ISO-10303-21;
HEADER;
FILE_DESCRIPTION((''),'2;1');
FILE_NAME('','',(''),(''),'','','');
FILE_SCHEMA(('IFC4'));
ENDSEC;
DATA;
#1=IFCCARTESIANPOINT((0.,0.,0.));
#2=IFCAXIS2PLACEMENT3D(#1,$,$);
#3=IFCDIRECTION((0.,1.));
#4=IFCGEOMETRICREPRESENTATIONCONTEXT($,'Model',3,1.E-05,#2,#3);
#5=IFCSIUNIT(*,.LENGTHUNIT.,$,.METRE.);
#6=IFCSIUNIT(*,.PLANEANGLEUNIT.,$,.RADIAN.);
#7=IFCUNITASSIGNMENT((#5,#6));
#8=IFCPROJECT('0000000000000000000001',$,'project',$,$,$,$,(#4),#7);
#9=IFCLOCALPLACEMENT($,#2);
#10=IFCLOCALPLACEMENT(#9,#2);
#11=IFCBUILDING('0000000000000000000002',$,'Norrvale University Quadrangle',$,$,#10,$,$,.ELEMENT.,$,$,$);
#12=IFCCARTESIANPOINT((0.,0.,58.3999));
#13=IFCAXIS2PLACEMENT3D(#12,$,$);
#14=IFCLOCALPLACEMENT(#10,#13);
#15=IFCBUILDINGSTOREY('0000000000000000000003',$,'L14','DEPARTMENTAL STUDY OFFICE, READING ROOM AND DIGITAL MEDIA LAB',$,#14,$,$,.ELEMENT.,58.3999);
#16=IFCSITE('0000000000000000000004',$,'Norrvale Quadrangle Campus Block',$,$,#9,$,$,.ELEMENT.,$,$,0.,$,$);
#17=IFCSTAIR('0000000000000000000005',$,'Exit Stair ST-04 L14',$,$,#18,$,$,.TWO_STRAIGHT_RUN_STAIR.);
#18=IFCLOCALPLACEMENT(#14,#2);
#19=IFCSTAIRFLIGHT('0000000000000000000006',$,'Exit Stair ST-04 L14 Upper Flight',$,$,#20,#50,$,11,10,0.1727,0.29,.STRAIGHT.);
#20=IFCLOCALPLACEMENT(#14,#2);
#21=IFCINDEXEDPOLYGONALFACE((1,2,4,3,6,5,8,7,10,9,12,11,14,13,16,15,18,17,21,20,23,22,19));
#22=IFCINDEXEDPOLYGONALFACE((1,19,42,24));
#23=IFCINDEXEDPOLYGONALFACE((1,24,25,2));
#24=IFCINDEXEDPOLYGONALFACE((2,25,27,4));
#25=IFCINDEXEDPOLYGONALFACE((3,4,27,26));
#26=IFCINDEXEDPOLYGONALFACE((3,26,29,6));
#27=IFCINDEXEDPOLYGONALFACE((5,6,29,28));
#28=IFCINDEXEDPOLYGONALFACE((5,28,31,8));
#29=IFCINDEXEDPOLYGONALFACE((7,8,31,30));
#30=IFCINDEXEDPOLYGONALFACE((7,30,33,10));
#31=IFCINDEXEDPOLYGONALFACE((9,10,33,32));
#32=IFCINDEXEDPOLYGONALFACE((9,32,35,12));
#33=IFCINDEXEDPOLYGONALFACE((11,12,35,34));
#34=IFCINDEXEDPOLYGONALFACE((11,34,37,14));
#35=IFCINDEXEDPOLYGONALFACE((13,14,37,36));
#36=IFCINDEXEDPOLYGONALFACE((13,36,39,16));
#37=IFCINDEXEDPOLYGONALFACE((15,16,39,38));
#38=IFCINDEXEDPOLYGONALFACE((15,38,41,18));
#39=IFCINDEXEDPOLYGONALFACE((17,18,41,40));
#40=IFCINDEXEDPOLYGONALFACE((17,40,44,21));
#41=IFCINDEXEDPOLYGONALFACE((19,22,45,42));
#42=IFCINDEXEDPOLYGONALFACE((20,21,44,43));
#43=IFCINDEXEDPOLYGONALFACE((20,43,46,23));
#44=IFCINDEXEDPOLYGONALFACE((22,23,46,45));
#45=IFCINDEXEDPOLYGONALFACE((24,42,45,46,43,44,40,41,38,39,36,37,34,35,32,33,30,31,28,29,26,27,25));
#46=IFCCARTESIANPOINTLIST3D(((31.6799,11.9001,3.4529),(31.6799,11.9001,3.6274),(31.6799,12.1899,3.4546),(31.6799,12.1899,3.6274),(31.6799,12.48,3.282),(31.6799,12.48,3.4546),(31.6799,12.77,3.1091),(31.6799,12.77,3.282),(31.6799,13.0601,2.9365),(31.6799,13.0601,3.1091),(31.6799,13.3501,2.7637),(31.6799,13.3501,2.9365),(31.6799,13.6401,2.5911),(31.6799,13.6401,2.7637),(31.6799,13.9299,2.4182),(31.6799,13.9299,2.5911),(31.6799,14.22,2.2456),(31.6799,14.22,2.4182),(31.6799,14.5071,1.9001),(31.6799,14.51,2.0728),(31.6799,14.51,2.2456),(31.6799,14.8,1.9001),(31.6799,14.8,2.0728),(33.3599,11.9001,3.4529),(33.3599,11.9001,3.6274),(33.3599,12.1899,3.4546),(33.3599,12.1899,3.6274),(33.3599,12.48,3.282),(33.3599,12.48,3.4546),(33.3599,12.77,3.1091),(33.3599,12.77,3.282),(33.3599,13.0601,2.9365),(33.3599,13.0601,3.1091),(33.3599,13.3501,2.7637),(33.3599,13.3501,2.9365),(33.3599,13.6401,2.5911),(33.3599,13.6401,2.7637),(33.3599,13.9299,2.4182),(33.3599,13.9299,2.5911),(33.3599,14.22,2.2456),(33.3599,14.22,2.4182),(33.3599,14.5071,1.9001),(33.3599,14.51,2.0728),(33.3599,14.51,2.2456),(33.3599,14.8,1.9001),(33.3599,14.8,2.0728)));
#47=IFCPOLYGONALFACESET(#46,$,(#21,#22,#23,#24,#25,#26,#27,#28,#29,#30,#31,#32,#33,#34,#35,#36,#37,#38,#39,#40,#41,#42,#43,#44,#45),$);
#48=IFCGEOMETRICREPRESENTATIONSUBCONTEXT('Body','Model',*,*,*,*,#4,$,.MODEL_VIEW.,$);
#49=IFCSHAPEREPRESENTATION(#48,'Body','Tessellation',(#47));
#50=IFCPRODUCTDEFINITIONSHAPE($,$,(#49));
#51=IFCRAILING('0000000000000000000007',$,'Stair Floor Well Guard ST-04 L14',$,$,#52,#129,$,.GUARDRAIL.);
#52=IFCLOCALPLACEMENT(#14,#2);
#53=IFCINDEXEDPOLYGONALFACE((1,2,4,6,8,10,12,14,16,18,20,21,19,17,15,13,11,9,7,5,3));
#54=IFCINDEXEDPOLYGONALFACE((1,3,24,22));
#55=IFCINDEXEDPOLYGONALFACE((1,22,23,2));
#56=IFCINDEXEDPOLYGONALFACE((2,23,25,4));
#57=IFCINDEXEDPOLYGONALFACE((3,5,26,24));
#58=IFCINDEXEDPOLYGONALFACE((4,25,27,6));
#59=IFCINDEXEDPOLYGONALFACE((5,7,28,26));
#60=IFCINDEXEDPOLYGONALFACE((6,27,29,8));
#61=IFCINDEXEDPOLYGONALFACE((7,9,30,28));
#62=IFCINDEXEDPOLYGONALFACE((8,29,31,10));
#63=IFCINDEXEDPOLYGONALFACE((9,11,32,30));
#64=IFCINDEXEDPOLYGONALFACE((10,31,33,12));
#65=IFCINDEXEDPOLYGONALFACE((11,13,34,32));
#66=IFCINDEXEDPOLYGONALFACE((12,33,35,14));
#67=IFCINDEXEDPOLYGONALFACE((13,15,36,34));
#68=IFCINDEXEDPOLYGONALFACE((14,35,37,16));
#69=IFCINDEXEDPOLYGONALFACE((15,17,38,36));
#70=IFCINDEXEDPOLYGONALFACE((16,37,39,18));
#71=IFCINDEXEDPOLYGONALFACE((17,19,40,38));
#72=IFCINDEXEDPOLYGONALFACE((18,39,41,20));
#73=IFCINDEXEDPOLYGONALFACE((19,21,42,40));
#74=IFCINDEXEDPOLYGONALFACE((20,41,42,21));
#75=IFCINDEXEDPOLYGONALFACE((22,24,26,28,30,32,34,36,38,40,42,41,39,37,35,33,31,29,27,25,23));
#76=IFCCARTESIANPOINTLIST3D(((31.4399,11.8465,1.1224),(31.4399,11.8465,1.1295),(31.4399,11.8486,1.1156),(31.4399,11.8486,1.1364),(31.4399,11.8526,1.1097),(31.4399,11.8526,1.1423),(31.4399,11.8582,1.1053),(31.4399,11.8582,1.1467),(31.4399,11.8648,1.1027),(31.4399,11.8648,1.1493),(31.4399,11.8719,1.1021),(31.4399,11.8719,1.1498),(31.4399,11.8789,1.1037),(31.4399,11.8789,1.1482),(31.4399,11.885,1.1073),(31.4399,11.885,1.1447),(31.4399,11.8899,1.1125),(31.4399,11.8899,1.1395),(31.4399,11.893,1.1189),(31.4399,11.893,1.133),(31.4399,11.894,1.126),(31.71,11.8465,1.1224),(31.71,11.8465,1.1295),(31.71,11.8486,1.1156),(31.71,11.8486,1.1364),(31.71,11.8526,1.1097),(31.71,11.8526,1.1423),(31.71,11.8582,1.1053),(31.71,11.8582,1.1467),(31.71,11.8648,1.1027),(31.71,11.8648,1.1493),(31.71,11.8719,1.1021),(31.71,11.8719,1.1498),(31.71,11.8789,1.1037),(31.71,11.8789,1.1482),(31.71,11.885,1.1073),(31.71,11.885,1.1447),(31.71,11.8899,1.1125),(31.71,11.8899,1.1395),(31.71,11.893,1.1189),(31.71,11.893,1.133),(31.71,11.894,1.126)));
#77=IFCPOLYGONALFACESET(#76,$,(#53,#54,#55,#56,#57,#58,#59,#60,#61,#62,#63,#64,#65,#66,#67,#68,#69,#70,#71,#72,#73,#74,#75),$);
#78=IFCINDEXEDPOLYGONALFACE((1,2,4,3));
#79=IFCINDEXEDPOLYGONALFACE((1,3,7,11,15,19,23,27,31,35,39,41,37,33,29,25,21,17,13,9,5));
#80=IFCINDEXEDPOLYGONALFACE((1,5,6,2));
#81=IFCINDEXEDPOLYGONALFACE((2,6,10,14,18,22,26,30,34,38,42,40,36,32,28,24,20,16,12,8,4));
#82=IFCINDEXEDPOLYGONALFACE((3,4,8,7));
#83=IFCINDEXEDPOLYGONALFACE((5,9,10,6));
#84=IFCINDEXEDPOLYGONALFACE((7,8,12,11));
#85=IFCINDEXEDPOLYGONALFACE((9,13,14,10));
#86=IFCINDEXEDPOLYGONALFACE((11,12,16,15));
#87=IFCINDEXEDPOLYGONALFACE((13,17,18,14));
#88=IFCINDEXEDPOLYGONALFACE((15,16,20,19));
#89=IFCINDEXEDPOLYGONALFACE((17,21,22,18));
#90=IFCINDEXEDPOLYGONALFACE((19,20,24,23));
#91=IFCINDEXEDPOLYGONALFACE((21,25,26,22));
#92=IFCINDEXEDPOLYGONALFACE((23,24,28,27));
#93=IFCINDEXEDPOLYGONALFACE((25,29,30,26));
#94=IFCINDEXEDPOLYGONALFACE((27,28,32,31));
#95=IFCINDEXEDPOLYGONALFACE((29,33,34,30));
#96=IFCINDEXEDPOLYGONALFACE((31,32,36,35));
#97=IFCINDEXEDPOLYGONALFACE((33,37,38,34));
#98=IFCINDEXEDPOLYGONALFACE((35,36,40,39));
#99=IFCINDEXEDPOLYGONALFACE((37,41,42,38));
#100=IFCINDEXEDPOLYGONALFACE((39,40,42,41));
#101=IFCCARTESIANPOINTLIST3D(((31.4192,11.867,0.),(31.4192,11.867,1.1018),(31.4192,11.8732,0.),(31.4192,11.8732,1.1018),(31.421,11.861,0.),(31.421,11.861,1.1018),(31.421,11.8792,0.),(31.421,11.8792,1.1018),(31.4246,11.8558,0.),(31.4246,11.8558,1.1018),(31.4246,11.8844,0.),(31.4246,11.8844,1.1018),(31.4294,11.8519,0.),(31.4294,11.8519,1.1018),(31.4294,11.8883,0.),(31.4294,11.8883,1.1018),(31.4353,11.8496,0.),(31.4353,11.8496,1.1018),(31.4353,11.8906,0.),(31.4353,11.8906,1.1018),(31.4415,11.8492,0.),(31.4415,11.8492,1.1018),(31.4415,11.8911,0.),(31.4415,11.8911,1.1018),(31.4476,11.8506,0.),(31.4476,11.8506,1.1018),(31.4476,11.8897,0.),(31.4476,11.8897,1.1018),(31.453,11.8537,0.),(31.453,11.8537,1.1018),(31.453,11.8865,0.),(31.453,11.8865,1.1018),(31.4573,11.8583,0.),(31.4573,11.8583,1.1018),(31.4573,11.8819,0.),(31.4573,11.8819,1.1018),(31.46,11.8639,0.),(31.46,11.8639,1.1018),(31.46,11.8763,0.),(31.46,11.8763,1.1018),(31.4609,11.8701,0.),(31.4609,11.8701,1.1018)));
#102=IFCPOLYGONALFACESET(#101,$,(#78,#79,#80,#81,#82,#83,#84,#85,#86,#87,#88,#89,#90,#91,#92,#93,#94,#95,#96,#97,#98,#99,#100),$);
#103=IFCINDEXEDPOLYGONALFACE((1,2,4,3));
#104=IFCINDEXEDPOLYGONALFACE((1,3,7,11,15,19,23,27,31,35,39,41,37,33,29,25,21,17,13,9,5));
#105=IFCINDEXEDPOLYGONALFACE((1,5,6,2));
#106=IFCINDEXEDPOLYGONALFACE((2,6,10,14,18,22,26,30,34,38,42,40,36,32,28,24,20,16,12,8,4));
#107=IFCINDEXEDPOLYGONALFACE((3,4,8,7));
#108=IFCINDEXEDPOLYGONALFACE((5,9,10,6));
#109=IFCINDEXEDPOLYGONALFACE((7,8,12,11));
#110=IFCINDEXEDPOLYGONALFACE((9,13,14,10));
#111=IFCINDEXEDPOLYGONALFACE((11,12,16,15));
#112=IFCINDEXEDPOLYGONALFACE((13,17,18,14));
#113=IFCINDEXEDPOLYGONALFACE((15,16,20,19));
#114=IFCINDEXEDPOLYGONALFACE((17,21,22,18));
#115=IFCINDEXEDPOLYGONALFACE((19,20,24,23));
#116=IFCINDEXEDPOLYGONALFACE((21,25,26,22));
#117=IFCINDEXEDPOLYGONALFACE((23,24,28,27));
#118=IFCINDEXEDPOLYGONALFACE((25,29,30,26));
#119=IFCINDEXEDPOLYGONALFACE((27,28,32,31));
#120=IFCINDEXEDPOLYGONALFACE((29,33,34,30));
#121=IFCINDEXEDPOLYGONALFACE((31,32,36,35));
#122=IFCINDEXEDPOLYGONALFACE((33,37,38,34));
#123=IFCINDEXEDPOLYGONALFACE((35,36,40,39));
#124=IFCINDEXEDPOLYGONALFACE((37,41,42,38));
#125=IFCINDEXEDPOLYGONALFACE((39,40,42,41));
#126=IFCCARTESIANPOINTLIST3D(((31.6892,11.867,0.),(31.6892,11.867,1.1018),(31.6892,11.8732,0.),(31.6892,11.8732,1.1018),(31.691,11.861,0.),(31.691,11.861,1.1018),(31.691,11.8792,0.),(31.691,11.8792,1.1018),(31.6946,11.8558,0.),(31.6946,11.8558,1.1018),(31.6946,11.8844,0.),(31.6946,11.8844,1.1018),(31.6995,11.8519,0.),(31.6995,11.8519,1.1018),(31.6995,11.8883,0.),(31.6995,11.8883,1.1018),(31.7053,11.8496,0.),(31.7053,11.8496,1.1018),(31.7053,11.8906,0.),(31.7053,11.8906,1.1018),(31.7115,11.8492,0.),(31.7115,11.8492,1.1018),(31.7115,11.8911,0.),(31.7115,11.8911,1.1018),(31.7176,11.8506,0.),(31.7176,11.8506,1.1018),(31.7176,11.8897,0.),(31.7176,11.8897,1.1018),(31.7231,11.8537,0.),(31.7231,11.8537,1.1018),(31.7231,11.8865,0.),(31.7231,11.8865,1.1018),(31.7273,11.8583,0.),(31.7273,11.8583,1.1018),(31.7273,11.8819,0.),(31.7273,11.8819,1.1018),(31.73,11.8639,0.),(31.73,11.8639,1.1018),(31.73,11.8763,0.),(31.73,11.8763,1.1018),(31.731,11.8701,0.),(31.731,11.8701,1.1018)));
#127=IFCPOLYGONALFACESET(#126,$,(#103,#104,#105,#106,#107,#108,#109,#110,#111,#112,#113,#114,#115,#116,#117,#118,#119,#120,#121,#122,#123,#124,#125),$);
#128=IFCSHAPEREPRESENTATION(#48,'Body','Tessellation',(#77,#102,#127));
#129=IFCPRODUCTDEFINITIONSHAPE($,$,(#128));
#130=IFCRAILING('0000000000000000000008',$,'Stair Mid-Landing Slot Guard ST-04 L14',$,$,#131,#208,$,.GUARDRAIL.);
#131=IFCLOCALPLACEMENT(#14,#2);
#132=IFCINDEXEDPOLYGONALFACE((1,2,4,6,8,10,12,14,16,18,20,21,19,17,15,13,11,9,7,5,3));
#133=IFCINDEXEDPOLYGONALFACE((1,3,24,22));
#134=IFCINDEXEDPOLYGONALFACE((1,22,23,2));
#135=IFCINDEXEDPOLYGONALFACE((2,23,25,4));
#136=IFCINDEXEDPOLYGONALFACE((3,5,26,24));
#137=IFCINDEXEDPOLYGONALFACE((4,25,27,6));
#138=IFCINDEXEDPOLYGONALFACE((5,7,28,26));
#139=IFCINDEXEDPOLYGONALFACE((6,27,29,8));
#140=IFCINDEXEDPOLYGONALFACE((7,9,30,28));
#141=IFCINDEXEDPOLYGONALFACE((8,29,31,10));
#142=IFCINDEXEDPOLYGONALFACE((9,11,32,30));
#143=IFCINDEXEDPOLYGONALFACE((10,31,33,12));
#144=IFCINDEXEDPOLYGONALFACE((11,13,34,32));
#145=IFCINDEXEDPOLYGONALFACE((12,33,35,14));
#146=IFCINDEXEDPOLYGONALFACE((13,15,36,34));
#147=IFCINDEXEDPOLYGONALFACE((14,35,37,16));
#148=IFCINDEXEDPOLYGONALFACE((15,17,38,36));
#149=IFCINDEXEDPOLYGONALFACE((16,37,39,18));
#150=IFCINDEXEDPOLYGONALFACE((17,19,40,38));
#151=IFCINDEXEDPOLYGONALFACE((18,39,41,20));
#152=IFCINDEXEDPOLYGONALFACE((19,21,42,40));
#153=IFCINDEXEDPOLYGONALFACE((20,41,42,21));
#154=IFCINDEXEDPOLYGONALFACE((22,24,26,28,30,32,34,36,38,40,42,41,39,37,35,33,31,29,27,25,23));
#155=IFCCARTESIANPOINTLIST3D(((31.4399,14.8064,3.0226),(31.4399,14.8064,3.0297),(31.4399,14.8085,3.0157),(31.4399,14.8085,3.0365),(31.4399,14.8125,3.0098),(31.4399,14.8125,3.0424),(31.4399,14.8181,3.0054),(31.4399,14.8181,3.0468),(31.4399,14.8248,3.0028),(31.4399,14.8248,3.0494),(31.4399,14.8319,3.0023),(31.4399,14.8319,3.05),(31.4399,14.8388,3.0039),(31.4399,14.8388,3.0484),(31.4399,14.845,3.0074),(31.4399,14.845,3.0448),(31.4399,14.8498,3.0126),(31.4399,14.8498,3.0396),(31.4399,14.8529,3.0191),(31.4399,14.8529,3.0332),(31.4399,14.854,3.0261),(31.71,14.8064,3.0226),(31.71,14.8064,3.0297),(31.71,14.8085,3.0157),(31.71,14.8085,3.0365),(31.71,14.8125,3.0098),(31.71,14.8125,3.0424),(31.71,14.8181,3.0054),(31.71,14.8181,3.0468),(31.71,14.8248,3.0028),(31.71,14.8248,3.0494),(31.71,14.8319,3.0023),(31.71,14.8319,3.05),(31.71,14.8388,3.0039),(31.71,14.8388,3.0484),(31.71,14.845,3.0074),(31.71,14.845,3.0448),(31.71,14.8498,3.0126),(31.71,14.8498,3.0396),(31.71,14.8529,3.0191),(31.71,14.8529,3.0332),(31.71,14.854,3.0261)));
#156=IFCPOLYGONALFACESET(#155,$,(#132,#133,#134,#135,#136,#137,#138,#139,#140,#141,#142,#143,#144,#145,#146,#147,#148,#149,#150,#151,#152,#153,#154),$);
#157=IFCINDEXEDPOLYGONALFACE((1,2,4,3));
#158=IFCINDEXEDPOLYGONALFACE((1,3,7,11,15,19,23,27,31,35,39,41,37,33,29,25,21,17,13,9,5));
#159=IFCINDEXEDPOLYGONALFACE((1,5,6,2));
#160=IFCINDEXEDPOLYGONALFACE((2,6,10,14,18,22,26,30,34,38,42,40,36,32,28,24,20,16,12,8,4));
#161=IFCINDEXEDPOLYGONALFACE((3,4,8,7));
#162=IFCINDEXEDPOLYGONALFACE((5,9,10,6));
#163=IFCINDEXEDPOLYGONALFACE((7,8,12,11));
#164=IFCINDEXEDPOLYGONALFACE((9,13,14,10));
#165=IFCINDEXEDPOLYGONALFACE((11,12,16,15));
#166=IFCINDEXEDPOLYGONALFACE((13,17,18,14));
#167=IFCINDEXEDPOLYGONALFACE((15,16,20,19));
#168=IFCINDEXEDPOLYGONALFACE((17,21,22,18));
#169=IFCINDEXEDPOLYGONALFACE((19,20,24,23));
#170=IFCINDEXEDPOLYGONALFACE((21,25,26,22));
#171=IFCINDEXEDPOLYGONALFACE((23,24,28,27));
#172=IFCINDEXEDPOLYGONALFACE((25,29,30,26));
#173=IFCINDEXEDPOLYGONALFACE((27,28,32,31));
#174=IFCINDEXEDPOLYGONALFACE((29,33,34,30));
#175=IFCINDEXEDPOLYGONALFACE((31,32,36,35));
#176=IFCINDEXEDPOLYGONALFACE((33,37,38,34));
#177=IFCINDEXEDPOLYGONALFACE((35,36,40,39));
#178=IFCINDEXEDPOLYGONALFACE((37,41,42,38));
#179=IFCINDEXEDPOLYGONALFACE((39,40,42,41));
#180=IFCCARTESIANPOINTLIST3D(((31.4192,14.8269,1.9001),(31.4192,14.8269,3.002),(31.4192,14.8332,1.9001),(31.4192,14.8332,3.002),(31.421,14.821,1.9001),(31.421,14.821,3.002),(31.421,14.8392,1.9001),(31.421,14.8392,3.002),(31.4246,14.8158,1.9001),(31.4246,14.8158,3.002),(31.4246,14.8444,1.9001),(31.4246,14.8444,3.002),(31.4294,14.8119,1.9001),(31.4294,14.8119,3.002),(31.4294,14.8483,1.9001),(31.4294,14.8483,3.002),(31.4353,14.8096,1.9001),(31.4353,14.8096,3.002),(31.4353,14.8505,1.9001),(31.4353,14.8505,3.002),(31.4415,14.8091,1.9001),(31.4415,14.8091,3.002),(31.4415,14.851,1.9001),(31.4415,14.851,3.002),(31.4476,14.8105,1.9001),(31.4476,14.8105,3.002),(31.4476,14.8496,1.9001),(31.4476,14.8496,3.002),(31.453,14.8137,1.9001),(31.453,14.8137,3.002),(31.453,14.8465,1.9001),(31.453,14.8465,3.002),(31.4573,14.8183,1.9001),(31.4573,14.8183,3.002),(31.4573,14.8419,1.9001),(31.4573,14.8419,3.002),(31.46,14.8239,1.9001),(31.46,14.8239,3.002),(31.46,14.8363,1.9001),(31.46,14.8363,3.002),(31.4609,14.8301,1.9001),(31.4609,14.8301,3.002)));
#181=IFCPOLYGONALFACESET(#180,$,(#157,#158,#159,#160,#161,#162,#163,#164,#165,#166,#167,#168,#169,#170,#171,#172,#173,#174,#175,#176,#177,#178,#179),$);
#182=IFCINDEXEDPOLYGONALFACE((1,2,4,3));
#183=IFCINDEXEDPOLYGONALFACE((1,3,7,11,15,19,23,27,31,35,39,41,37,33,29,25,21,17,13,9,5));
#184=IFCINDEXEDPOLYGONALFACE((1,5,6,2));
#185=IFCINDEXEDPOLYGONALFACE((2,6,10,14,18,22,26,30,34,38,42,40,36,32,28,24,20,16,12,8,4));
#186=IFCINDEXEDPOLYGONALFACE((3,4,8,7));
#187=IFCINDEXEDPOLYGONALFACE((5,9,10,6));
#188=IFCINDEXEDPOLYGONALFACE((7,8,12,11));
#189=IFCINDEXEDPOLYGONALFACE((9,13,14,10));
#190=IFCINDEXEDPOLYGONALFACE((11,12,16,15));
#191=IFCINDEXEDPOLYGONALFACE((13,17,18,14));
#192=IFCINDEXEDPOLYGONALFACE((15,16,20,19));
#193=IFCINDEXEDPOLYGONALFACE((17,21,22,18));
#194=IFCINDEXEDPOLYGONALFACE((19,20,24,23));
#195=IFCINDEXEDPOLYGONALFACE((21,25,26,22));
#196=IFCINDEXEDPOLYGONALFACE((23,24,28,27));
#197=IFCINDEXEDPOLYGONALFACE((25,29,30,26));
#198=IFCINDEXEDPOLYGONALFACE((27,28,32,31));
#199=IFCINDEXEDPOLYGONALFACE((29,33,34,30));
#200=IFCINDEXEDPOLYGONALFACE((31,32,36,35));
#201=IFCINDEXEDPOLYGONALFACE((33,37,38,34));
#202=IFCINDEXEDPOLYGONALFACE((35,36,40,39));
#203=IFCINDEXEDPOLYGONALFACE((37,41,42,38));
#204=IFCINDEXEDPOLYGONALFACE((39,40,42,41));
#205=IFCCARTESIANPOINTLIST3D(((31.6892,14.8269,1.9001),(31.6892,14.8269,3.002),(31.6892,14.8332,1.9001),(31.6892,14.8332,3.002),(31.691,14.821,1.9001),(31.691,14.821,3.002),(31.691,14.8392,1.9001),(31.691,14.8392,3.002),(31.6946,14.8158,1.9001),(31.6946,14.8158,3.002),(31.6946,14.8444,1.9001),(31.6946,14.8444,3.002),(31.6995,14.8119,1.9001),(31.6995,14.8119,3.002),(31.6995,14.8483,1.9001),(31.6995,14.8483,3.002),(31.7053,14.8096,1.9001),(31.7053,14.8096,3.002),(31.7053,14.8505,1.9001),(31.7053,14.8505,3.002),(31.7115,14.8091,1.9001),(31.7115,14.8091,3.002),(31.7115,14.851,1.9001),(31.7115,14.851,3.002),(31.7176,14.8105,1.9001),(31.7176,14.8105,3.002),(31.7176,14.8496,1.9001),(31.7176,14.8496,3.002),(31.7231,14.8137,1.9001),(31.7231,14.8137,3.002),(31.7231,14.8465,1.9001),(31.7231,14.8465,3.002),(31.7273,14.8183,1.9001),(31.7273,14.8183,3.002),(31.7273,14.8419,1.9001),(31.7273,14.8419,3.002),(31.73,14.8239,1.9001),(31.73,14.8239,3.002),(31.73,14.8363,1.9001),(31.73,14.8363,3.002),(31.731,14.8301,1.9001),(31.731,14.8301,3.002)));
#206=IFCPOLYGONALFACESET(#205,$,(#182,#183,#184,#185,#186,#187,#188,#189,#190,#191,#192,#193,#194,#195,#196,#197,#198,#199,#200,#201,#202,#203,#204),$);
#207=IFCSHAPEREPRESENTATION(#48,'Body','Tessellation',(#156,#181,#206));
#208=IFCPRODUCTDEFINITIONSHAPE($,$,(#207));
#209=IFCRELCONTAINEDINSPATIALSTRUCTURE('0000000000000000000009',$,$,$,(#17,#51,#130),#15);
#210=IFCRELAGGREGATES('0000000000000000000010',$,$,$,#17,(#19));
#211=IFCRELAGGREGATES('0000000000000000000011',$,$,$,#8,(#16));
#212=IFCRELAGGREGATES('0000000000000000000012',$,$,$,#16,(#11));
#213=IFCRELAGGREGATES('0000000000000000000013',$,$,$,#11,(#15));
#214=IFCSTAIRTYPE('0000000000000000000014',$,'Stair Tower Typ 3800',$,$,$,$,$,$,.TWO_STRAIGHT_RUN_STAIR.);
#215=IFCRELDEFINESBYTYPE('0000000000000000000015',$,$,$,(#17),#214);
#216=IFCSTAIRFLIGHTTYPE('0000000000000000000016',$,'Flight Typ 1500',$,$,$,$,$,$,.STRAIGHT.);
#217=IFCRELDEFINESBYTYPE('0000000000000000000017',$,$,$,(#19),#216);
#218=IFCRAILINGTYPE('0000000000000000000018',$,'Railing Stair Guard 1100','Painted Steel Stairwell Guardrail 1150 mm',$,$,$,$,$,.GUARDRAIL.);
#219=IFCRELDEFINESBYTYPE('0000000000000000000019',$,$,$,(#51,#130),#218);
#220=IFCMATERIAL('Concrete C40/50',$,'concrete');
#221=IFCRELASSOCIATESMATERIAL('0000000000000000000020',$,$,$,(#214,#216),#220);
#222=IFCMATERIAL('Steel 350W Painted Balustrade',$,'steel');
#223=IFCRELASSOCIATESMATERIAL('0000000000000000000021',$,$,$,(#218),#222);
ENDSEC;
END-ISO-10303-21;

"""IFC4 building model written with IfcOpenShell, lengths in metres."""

from ifc_helpers import new_model, si_unit, direction, frame, origin, origin_2d, place, context, subcontext, project, spatial, polyline, circle, outline, extrude, material, type_object, element, aggregate, save


model = new_model("IFC4")

# Units and contexts
model_context = context("Model", 3, precision=1e-05, world=origin(), true_north=direction((0.0, 1.0)))
body_context = subcontext(model_context, "Body", "Model", "MODEL_VIEW")
ifc_project = project(units=[si_unit("LENGTHUNIT", "METRE"), si_unit("PLANEANGLEUNIT", "RADIAN")], contexts=[model_context])

# Site, building, storey
site_placement = place(None, origin())
site = spatial("IfcSite", under=ifc_project, at=site_placement, Name="Norrvale Quadrangle Campus Block", CompositionType="ELEMENT", RefElevation=0.0)
building_placement = place(site_placement, origin())
building = spatial("IfcBuilding", under=site, at=building_placement, Name="Norrvale University Quadrangle", CompositionType="ELEMENT")
storey_placement = place(building_placement, frame((0.0, 0.0, 58.3999)))
storey = spatial("IfcBuildingStorey", under=building, at=storey_placement, Name="L14", Description="DEPARTMENTAL STUDY OFFICE, READING ROOM AND DIGITAL MEDIA LAB", CompositionType="ELEMENT", Elevation=58.3999)

# Stair, stair flight
ifc_material_1 = material(Name="Concrete C40/50", Category="concrete")
stair_type = type_object("IfcStairType", Name="Stair Tower Typ 3800", PredefinedType="TWO_STRAIGHT_RUN_STAIR", material=ifc_material_1)
stair_placement = place(storey_placement, origin())
stair = element("IfcStair", 1, at=stair_placement, inside=storey, type_object=stair_type, Name="Exit Stair ST-04 L14", PredefinedType="TWO_STRAIGHT_RUN_STAIR")
stair_flight_type = type_object("IfcStairFlightType", Name="Flight Typ 1500", PredefinedType="STRAIGHT", material=ifc_material_1)
stair_flight_1_placement = place(storey_placement, frame((32.52, 14.8, 1.9001), z_axis=(0.0, 0.0, 1.0), x_axis=(0.0, -1.0, 0.0)))
stair_flight_1 = element("IfcStairFlight", 2, at=stair_flight_1_placement, type_object=stair_flight_type, Name="Exit Stair ST-04 L14 Upper Flight", NumberOfRisers=11, NumberOfTreads=10, PredefinedType="STRAIGHT", RiserHeight=0.1727, TreadLength=0.29, context=body_context, shape_type="SweptSolid", body=[
    extrude(outline(polyline([(0.0, 0.0), (0.0, 0.1726), (0.29, 0.1726), (0.29, 0.3455), (0.5801, 0.3455), (0.5801, 0.5181), (0.8701, 0.5181), (0.8701, 0.6909), (1.1599, 0.6909), (1.1599, 0.8635), (1.45, 0.8635), (1.45, 1.0364), (1.74, 1.0364), (1.74, 1.209), (2.03, 1.209), (2.03, 1.3818), (2.3201, 1.3818), (2.3201, 1.5544), (2.6101, 1.5544), (2.6101, 1.7273), (2.8999, 1.7273), (2.8999, 1.8999), (2.8999, 1.5527), (0.293, 0.0), (0.0, 0.0)])), frame((0.0, 0.8398, 0.0), z_axis=(0.0, -1.0, 0.0), x_axis=(1.0, 0.0, 0.0)), (0.0, 0.0, 1.0), 1.6799),
])
aggregate(stair, [stair_flight_1])

# Railings
ifc_material_2 = material(Name="Steel 350W Painted Balustrade", Category="steel")
railing_type_1 = type_object("IfcRailingType", Name="Railing Stair Guard 1100", Description="Painted Steel Stairwell Guardrail 1150 mm", PredefinedType="GUARDRAIL", material=ifc_material_2)
for number, where, name in (
    (3, (31.4399, 11.8701, 0.0), "Stair Floor Well Guard ST-04 L14"),
    (4, (31.4399, 14.8301, 1.9001), "Stair Mid-Landing Slot Guard ST-04 L14"),
):
    element("IfcRailing", number, at=place(storey_placement, frame(where)), inside=storey, type_object=railing_type_1, Name=name, PredefinedType="GUARDRAIL", context=body_context, shape_type="SweptSolid", body=[
        extrude(circle(Radius=0.0239, at=origin_2d()), frame((0.0, 0.0, 1.126), z_axis=(1.0, 0.0, 0.0), x_axis=(0.0, 1.0, 0.0)), (0.0, 0.0, 1.0), 0.27),
        extrude(circle(Radius=0.021, at=origin_2d()), origin(), (0.0, 0.0, 1.0), 1.1018),
        extrude(circle(Radius=0.021, at=origin_2d()), frame((0.27, 0.0, 0.0)), (0.0, 0.0, 1.0), 1.1018),
    ])

save(model, "model.ifc")
